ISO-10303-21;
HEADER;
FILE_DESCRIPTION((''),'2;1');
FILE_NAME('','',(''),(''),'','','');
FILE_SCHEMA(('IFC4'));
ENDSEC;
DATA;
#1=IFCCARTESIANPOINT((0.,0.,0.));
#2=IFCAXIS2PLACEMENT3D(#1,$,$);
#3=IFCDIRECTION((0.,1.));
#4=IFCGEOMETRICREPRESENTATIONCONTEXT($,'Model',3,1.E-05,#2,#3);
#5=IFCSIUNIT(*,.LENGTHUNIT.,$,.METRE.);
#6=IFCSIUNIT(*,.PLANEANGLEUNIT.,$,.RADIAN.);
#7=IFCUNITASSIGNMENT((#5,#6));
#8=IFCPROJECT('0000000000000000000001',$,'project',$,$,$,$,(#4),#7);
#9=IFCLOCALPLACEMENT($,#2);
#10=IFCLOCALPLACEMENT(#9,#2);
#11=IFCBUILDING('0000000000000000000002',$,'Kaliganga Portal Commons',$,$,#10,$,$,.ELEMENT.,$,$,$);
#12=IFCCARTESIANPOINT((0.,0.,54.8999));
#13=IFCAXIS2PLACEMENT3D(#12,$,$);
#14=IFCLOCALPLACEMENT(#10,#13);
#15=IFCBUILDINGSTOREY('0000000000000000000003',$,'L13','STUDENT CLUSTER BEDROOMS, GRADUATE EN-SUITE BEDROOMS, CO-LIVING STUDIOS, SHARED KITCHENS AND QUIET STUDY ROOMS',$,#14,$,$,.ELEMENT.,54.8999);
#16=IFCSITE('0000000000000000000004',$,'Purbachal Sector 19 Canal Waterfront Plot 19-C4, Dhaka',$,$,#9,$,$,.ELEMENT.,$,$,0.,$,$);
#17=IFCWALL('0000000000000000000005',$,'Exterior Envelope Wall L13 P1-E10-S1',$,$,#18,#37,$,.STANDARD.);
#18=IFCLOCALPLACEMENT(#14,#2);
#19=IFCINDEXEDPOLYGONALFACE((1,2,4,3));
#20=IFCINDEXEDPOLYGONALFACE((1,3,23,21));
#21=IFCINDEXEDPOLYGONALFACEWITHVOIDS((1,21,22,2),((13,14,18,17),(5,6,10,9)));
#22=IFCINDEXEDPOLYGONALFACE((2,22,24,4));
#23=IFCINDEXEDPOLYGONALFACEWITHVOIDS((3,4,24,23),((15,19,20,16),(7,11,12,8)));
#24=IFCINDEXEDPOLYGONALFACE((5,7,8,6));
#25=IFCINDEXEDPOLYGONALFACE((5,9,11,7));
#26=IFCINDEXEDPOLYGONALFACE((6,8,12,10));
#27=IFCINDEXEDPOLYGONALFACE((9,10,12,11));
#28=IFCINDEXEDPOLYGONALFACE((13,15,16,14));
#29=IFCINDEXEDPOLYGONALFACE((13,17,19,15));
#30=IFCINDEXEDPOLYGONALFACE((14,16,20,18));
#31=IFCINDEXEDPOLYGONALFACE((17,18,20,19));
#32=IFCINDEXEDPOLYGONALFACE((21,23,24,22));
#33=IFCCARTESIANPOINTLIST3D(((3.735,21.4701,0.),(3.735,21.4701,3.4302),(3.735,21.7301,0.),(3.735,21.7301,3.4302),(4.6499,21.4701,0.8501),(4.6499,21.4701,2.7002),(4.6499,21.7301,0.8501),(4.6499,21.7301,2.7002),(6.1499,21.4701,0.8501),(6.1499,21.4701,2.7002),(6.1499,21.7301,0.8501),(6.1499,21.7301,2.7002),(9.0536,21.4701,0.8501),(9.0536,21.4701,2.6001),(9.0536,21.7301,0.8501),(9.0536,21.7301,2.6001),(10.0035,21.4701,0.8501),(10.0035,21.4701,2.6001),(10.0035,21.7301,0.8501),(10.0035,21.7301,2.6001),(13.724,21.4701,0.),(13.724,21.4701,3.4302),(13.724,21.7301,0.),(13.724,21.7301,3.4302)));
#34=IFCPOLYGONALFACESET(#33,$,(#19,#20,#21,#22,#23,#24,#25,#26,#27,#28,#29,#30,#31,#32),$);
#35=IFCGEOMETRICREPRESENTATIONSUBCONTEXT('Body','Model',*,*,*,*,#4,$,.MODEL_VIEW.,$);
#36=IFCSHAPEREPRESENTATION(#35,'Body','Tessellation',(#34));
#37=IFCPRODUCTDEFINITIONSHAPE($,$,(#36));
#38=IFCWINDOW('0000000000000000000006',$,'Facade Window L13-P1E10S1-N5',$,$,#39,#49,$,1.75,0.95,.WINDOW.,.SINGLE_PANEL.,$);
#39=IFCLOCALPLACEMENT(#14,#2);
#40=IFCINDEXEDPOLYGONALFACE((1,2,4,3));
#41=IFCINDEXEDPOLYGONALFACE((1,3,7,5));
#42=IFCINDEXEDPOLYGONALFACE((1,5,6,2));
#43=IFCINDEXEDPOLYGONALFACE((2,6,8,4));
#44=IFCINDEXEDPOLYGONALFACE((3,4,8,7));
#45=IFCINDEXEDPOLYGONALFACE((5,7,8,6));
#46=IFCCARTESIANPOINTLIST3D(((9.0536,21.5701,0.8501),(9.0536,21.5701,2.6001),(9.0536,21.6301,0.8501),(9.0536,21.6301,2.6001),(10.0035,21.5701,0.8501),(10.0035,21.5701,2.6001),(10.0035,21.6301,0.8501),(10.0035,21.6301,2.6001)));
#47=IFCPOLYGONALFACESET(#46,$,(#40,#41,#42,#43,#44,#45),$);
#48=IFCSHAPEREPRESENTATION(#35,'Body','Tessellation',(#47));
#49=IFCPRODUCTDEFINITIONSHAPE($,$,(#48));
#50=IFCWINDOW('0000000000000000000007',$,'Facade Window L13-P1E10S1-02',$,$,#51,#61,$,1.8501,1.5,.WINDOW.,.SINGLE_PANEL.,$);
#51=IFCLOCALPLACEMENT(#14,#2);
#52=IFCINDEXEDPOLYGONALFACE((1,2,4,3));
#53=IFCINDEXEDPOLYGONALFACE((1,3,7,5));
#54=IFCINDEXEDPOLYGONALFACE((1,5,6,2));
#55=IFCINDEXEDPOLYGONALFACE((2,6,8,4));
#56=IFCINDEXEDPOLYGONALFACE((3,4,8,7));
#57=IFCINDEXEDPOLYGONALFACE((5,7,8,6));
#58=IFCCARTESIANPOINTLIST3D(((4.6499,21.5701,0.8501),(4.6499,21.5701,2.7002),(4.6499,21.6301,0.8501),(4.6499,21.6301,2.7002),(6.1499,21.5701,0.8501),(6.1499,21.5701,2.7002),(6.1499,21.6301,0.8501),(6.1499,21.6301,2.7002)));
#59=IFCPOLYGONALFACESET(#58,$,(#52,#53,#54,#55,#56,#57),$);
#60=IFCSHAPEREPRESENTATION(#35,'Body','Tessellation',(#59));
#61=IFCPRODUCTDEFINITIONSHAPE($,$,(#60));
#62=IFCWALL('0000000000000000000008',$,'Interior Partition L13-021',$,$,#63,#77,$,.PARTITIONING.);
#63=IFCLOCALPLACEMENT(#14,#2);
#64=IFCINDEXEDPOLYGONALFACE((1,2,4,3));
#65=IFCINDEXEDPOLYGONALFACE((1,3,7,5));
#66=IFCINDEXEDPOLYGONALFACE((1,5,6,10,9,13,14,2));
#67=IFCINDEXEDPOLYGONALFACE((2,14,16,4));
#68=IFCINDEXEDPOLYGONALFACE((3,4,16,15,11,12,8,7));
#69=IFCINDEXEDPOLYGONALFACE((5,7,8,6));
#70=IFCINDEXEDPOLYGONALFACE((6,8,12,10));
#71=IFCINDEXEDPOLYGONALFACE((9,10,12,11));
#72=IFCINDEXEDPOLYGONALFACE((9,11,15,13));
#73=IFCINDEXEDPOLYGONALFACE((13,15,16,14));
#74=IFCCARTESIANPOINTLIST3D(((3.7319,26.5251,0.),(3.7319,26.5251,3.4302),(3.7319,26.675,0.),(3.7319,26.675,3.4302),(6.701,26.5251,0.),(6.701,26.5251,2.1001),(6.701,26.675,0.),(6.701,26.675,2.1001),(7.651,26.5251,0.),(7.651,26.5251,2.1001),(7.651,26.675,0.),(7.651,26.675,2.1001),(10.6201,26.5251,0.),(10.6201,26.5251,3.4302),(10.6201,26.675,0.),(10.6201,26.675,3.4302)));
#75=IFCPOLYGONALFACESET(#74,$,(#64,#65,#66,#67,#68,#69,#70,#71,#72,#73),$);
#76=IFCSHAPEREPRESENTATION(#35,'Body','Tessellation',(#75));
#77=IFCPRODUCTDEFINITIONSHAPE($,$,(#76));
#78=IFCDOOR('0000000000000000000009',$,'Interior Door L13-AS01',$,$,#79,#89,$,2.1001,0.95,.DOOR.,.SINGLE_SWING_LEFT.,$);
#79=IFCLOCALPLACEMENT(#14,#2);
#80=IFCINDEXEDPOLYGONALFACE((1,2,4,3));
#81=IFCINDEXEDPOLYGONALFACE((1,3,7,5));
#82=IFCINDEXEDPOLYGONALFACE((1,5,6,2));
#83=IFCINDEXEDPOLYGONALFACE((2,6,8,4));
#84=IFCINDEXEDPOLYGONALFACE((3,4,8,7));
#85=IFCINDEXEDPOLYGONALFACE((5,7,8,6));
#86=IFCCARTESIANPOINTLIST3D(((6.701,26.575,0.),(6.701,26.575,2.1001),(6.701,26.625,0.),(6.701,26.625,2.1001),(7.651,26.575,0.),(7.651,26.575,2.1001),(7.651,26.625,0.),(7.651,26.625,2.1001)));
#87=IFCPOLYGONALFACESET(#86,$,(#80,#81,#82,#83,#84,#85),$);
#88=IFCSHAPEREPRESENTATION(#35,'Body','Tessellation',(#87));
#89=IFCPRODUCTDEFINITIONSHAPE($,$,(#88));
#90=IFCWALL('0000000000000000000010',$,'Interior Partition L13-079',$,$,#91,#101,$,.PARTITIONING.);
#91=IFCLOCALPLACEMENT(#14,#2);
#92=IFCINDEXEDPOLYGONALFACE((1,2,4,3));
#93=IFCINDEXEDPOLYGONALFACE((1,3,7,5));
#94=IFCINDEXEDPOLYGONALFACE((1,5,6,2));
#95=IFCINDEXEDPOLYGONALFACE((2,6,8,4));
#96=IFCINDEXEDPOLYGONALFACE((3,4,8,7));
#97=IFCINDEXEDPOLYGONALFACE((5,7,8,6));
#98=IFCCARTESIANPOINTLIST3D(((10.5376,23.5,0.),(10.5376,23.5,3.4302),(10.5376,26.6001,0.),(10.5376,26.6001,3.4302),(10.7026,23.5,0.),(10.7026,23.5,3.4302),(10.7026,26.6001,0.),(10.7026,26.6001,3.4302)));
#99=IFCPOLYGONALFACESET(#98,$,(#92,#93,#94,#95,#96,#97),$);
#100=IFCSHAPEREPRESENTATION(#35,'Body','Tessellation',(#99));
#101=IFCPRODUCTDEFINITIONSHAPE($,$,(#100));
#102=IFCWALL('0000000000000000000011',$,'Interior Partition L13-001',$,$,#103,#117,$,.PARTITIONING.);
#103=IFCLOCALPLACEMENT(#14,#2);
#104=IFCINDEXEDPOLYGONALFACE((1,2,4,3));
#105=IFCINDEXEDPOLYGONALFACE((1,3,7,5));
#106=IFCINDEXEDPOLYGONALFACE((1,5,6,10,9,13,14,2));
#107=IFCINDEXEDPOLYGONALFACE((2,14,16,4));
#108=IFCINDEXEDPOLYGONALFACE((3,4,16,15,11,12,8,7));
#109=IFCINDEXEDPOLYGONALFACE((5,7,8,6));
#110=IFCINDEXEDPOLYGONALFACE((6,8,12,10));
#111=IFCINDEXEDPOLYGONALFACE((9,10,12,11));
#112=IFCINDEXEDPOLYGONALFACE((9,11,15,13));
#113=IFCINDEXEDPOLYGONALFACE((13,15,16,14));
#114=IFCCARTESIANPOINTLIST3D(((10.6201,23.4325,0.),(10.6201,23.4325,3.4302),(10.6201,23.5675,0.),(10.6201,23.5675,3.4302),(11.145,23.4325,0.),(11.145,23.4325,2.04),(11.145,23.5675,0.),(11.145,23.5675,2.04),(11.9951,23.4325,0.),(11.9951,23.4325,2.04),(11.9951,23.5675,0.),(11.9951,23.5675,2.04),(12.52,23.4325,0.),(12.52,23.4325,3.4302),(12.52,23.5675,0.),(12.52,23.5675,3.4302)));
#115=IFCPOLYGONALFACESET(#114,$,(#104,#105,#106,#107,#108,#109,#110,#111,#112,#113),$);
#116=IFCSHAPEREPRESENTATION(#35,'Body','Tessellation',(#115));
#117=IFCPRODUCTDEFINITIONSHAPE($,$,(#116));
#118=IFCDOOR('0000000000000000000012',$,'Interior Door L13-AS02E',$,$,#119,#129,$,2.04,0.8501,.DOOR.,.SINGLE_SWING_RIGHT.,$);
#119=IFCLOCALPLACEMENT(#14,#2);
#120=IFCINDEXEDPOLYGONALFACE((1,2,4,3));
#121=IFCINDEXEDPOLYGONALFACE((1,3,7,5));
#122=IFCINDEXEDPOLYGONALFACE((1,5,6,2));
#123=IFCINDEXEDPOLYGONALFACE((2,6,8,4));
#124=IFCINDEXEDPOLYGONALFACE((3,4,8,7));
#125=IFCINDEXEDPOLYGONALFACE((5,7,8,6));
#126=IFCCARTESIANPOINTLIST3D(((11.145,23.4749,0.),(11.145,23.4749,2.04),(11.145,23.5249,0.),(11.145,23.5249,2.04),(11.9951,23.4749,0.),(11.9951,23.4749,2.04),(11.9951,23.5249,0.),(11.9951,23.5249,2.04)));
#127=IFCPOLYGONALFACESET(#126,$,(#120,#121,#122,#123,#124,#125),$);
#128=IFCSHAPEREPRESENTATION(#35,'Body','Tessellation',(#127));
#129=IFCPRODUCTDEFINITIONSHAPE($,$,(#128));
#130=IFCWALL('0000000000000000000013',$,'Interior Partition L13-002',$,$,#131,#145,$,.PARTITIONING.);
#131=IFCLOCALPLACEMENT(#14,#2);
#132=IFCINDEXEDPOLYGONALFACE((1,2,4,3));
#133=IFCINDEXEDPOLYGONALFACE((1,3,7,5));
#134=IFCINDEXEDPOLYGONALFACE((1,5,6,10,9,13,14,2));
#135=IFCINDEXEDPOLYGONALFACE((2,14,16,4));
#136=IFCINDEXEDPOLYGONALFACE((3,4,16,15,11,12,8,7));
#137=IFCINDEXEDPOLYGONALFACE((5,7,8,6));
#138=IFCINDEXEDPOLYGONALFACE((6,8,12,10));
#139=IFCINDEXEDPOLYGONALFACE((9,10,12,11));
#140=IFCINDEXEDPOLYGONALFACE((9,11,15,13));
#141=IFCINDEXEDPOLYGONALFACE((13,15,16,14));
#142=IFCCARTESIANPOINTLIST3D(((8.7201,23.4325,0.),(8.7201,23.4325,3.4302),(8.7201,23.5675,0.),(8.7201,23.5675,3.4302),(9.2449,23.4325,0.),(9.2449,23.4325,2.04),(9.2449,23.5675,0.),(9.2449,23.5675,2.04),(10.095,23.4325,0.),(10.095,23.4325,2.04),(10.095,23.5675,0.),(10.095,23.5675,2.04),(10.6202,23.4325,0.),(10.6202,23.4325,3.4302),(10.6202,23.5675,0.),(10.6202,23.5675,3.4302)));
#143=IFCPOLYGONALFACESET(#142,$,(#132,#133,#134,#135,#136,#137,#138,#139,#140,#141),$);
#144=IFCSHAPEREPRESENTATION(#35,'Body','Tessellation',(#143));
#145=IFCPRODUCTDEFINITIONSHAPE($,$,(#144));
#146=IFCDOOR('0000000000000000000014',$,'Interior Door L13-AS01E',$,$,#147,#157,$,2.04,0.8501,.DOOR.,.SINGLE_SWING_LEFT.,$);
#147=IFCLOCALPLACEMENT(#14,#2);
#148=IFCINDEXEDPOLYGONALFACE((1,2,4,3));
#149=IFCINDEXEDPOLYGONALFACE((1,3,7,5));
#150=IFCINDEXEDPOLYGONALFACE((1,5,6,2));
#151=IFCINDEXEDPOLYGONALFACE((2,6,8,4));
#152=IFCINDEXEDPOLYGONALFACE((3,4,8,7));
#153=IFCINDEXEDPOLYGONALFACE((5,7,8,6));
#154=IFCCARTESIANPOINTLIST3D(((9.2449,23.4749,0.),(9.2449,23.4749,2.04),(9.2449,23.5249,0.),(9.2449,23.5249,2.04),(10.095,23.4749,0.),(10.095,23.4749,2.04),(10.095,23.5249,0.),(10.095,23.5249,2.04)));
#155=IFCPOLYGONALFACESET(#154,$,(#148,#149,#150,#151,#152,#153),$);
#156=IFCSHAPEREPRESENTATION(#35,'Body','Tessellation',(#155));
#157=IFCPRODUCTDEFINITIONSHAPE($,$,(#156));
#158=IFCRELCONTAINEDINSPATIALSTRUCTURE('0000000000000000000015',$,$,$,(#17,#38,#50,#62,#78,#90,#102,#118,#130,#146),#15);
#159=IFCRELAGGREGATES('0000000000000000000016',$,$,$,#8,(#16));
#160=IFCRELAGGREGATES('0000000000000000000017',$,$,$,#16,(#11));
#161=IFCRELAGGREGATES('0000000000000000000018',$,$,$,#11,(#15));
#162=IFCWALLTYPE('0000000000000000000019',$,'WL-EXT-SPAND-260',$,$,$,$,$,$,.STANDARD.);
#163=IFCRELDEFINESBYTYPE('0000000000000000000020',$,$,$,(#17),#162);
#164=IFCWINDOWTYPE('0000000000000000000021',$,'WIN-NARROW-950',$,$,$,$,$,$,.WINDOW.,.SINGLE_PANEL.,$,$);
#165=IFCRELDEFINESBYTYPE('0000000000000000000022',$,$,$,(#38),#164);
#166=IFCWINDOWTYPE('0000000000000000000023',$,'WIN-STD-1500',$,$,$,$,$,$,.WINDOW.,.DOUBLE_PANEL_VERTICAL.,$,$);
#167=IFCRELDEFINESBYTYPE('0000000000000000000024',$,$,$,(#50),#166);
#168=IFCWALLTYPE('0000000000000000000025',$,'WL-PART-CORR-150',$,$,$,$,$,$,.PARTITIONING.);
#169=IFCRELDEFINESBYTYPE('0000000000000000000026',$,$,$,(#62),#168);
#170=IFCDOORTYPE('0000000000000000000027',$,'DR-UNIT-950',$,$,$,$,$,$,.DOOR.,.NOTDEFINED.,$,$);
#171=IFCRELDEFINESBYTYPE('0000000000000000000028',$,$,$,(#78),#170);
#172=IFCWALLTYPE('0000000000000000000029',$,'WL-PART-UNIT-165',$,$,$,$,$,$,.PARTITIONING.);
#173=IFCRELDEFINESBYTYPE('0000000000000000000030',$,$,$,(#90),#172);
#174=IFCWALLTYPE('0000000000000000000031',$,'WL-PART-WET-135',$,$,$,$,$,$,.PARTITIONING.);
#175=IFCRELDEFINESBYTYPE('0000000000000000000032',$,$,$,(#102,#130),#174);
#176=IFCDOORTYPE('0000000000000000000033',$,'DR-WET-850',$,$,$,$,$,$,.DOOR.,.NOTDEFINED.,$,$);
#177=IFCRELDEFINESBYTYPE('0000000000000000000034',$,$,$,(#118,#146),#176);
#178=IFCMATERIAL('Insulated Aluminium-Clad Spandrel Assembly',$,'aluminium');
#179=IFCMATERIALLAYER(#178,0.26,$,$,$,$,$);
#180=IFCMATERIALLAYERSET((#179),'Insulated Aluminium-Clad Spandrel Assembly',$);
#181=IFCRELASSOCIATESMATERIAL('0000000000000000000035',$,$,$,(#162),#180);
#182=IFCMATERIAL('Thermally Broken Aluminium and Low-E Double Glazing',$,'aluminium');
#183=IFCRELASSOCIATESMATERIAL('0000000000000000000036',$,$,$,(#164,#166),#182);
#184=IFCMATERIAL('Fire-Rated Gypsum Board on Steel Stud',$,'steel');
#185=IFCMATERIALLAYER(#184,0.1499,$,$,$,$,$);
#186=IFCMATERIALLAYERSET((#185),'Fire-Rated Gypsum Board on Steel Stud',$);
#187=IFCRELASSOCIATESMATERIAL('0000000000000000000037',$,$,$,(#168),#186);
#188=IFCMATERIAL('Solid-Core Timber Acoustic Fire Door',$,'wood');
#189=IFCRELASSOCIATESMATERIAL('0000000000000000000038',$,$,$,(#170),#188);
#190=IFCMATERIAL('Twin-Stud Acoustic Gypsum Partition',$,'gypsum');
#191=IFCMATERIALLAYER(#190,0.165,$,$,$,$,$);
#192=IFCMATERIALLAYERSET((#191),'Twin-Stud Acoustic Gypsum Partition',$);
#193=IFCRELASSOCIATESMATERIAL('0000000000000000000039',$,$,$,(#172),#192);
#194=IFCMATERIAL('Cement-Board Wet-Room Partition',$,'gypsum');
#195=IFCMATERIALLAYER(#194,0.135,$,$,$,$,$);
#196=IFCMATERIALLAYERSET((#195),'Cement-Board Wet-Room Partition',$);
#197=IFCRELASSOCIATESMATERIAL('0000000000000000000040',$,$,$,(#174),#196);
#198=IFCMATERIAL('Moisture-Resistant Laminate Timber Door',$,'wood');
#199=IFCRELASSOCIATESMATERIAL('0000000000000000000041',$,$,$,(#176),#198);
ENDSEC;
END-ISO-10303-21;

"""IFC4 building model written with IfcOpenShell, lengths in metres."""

from ifc_helpers import new_model, si_unit, direction, frame, frame_2d, origin, place, context, subcontext, project, spatial, rectangle, extrude, material, layer, layer_set, type_object, element, fill, save


model = new_model("IFC4")

# Units and contexts
model_context = context("Model", 3, precision=1e-05, world=origin(), true_north=direction((0.0, 1.0)))
body_context = subcontext(model_context, "Body", "Model", "MODEL_VIEW")
ifc_project = project(units=[si_unit("LENGTHUNIT", "METRE"), si_unit("PLANEANGLEUNIT", "RADIAN")], contexts=[model_context])

# Site, building, storey
site_placement = place(None, origin())
site = spatial("IfcSite", under=ifc_project, at=site_placement, Name="Purbachal Sector 19 Canal Waterfront Plot 19-C4, Dhaka", CompositionType="ELEMENT", RefElevation=0.0)
building_placement = place(site_placement, origin())
building = spatial("IfcBuilding", under=site, at=building_placement, Name="Kaliganga Portal Commons", CompositionType="ELEMENT")
storey_placement = place(building_placement, frame((0.0, 0.0, 54.8999)))
storey = spatial("IfcBuildingStorey", under=building, at=storey_placement, Name="L13", Description="STUDENT CLUSTER BEDROOMS, GRADUATE EN-SUITE BEDROOMS, CO-LIVING STUDIOS, SHARED KITCHENS AND QUIET STUDY ROOMS", CompositionType="ELEMENT", Elevation=54.8999)

# Wall, openings, windows
ifc_material_1 = material(Name="Insulated Aluminium-Clad Spandrel Assembly", Category="aluminium")
ifc_layer_1 = layer(ifc_material_1, 0.26)
ifc_layer_set_1 = layer_set([ifc_layer_1], Name="Insulated Aluminium-Clad Spandrel Assembly")
wall_type_1 = type_object("IfcWallType", Name="WL-EXT-SPAND-260", PredefinedType="STANDARD", material=ifc_layer_set_1)
ifc_material_2 = material(Name="Thermally Broken Aluminium and Low-E Double Glazing", Category="aluminium")
window_type_1 = type_object("IfcWindowType", Name="WIN-NARROW-950", PartitioningType="SINGLE_PANEL", PredefinedType="WINDOW", material=ifc_material_2)
window_type_2 = type_object("IfcWindowType", Name="WIN-STD-1500", PartitioningType="DOUBLE_PANEL_VERTICAL", PredefinedType="WINDOW", material=ifc_material_2)
wall_1_placement = place(storey_placement, frame((13.7241, 21.6001, 0.0), z_axis=(0.0, 0.0, 1.0), x_axis=(-1.0, 0.0, 0.0)))
wall_1 = element("IfcWall", 1, at=wall_1_placement, inside=storey, type_object=wall_type_1, Name="Exterior Envelope Wall L13 P1-E10-S1", PredefinedType="STANDARD", context=body_context, shape_type="SweptSolid", body=[
    extrude(rectangle(XDim=9.989, YDim=0.26, at=frame_2d((4.9946, 0.0))), origin(), (0.0, 0.0, 1.0), 3.4302),
])
opening_1_placement = place(wall_1_placement, frame((7.5742, 0.0, 0.8501)))
opening_1 = element("IfcOpeningElement", 2, at=opening_1_placement, cuts=wall_1, PredefinedType="OPENING", context=body_context, shape_type="SweptSolid", body=[
    extrude(rectangle(XDim=1.5, YDim=1.8501, at=frame_2d((0.75, 0.925))), frame((0.0, 0.1401, 0.0), z_axis=(0.0, -1.0, 0.0), x_axis=(1.0, 0.0, 0.0)), (0.0, 0.0, 1.0), 0.28),
])
opening_2_placement = place(wall_1_placement, frame((3.7205, 0.0, 0.8501)))
opening_2 = element("IfcOpeningElement", 3, at=opening_2_placement, cuts=wall_1, PredefinedType="OPENING", context=body_context, shape_type="SweptSolid", body=[
    extrude(rectangle(XDim=0.95, YDim=1.75, at=frame_2d((0.4751, 0.875))), frame((0.0, 0.1401, 0.0), z_axis=(0.0, -1.0, 0.0), x_axis=(1.0, 0.0, 0.0)), (0.0, 0.0, 1.0), 0.28),
])
window_1_placement = place(opening_2_placement, origin())
window_1 = element("IfcWindow", 4, at=window_1_placement, inside=storey, type_object=window_type_1, Name="Facade Window L13-P1E10S1-N5", OverallHeight=1.75, OverallWidth=0.95, PartitioningType="SINGLE_PANEL", PredefinedType="WINDOW", context=body_context, shape_type="SweptSolid", body=[
    extrude(rectangle(XDim=0.95, YDim=1.75, at=frame_2d((0.4751, 0.875))), frame((0.0, 0.03, 0.0), z_axis=(0.0, -1.0, 0.0), x_axis=(1.0, 0.0, 0.0)), (0.0, 0.0, 1.0), 0.0601),
])
fill(opening_2, window_1)
window_2_placement = place(opening_1_placement, origin())
window_2 = element("IfcWindow", 5, at=window_2_placement, inside=storey, type_object=window_type_2, Name="Facade Window L13-P1E10S1-02", OverallHeight=1.8501, OverallWidth=1.5, PartitioningType="SINGLE_PANEL", PredefinedType="WINDOW", context=body_context, shape_type="SweptSolid", body=[
    extrude(rectangle(XDim=1.5, YDim=1.8501, at=frame_2d((0.75, 0.925))), frame((0.0, 0.03, 0.0), z_axis=(0.0, -1.0, 0.0), x_axis=(1.0, 0.0, 0.0)), (0.0, 0.0, 1.0), 0.0601),
])
fill(opening_1, window_2)

# Wall, opening, door
ifc_material_3 = material(Name="Fire-Rated Gypsum Board on Steel Stud", Category="steel")
ifc_layer_2 = layer(ifc_material_3, 0.1499)
ifc_layer_set_2 = layer_set([ifc_layer_2], Name="Fire-Rated Gypsum Board on Steel Stud")
wall_type_2 = type_object("IfcWallType", Name="WL-PART-CORR-150", PredefinedType="PARTITIONING", material=ifc_layer_set_2)
wall_2_placement = place(storey_placement, frame((3.7319, 26.6001, 0.0), z_axis=(0.0, 0.0, 1.0), x_axis=(1.0, 0.0, 0.0)))
wall_2 = element("IfcWall", 6, at=wall_2_placement, inside=storey, type_object=wall_type_2, Name="Interior Partition L13-021", PredefinedType="PARTITIONING", context=body_context, shape_type="SweptSolid", body=[
    extrude(rectangle(XDim=6.8882, YDim=0.1499, at=frame_2d((3.4441, 0.0))), origin(), (0.0, 0.0, 1.0), 3.4302),
])
opening_3_placement = place(wall_2_placement, frame((2.969, 0.0, 0.0)))
opening_3 = element("IfcOpeningElement", 7, at=opening_3_placement, cuts=wall_2, PredefinedType="OPENING", context=body_context, shape_type="SweptSolid", body=[
    extrude(rectangle(XDim=0.95, YDim=2.1001, at=frame_2d((0.4751, 1.05))), frame((0.0, 0.085, 0.0), z_axis=(0.0, -1.0, 0.0), x_axis=(1.0, 0.0, 0.0)), (0.0, 0.0, 1.0), 0.1699),
])
ifc_material_4 = material(Name="Solid-Core Timber Acoustic Fire Door", Category="wood")
door_type_1 = type_object("IfcDoorType", Name="DR-UNIT-950", OperationType="NOTDEFINED", PredefinedType="DOOR", material=ifc_material_4)
door_1_placement = place(opening_3_placement, origin())
door_1 = element("IfcDoor", 8, at=door_1_placement, inside=storey, type_object=door_type_1, Name="Interior Door L13-AS01", OperationType="SINGLE_SWING_LEFT", OverallHeight=2.1001, OverallWidth=0.95, PredefinedType="DOOR", context=body_context, shape_type="SweptSolid", body=[
    extrude(rectangle(XDim=0.95, YDim=2.1001, at=frame_2d((0.4751, 1.05))), frame((0.0, 0.0249, 0.0), z_axis=(0.0, -1.0, 0.0), x_axis=(1.0, 0.0, 0.0)), (0.0, 0.0, 1.0), 0.05),
])
fill(opening_3, door_1)

# Wall
ifc_material_5 = material(Name="Twin-Stud Acoustic Gypsum Partition", Category="gypsum")
ifc_layer_3 = layer(ifc_material_5, 0.165)
ifc_layer_set_3 = layer_set([ifc_layer_3], Name="Twin-Stud Acoustic Gypsum Partition")
wall_type_3 = type_object("IfcWallType", Name="WL-PART-UNIT-165", PredefinedType="PARTITIONING", material=ifc_layer_set_3)
wall_3_placement = place(storey_placement, frame((10.6201, 23.5, 0.0), z_axis=(0.0, 0.0, 1.0), x_axis=(0.0, 1.0, 0.0)))
element("IfcWall", 9, at=wall_3_placement, inside=storey, type_object=wall_type_3, Name="Interior Partition L13-079", PredefinedType="PARTITIONING", context=body_context, shape_type="SweptSolid", body=[
    extrude(rectangle(XDim=3.1001, YDim=0.165, at=frame_2d((1.55, 0.0))), origin(), (0.0, 0.0, 1.0), 3.4302),
])

# Walls, openings, doors
ifc_material_6 = material(Name="Cement-Board Wet-Room Partition", Category="gypsum")
ifc_layer_4 = layer(ifc_material_6, 0.135)
ifc_layer_set_4 = layer_set([ifc_layer_4], Name="Cement-Board Wet-Room Partition")
wall_type_4 = type_object("IfcWallType", Name="WL-PART-WET-135", PredefinedType="PARTITIONING", material=ifc_layer_set_4)
wall_4_placement = place(storey_placement, frame((10.6201, 23.5, 0.0), z_axis=(0.0, 0.0, 1.0), x_axis=(1.0, 0.0, 0.0)))
wall_4 = element("IfcWall", 10, at=wall_4_placement, inside=storey, type_object=wall_type_4, Name="Interior Partition L13-001", PredefinedType="PARTITIONING", context=body_context, shape_type="SweptSolid", body=[
    extrude(rectangle(XDim=1.8999, YDim=0.135, at=frame_2d((0.95, 0.0))), origin(), (0.0, 0.0, 1.0), 3.4302),
])
opening_4_placement = place(wall_4_placement, frame((0.5249, 0.0, 0.0)))
opening_4 = element("IfcOpeningElement", 11, at=opening_4_placement, cuts=wall_4, PredefinedType="OPENING", context=body_context, shape_type="SweptSolid", body=[
    extrude(rectangle(XDim=0.8501, YDim=2.04, at=frame_2d((0.425, 1.02))), frame((0.0, 0.0776, 0.0), z_axis=(0.0, -1.0, 0.0), x_axis=(1.0, 0.0, 0.0)), (0.0, 0.0, 1.0), 0.155),
])
ifc_material_7 = material(Name="Moisture-Resistant Laminate Timber Door", Category="wood")
door_type_2 = type_object("IfcDoorType", Name="DR-WET-850", OperationType="NOTDEFINED", PredefinedType="DOOR", material=ifc_material_7)
door_2_placement = place(opening_4_placement, origin())
door_2 = element("IfcDoor", 12, at=door_2_placement, inside=storey, type_object=door_type_2, Name="Interior Door L13-AS02E", OperationType="SINGLE_SWING_RIGHT", OverallHeight=2.04, OverallWidth=0.8501, PredefinedType="DOOR", context=body_context, shape_type="SweptSolid", body=[
    extrude(rectangle(XDim=0.8501, YDim=2.04, at=frame_2d((0.425, 1.02))), frame((0.0, 0.0249, 0.0), z_axis=(0.0, -1.0, 0.0), x_axis=(1.0, 0.0, 0.0)), (0.0, 0.0, 1.0), 0.05),
])
fill(opening_4, door_2)
wall_5_placement = place(storey_placement, frame((8.72, 23.5, 0.0), z_axis=(0.0, 0.0, 1.0), x_axis=(1.0, 0.0, 0.0)))
wall_5 = element("IfcWall", 13, at=wall_5_placement, inside=storey, type_object=wall_type_4, Name="Interior Partition L13-002", PredefinedType="PARTITIONING", context=body_context, shape_type="SweptSolid", body=[
    extrude(rectangle(XDim=1.9001, YDim=0.135, at=frame_2d((0.9502, 0.0))), origin(), (0.0, 0.0, 1.0), 3.4302),
])
opening_5_placement = place(wall_5_placement, frame((0.5249, 0.0, 0.0)))
opening_5 = element("IfcOpeningElement", 14, at=opening_5_placement, cuts=wall_5, PredefinedType="OPENING", context=body_context, shape_type="SweptSolid", body=[
    extrude(rectangle(XDim=0.8501, YDim=2.04, at=frame_2d((0.425, 1.02))), frame((0.0, 0.0776, 0.0), z_axis=(0.0, -1.0, 0.0), x_axis=(1.0, 0.0, 0.0)), (0.0, 0.0, 1.0), 0.155),
])
door_3_placement = place(opening_5_placement, origin())
door_3 = element("IfcDoor", 15, at=door_3_placement, inside=storey, type_object=door_type_2, Name="Interior Door L13-AS01E", OperationType="SINGLE_SWING_LEFT", OverallHeight=2.04, OverallWidth=0.8501, PredefinedType="DOOR", context=body_context, shape_type="SweptSolid", body=[
    extrude(rectangle(XDim=0.8501, YDim=2.04, at=frame_2d((0.425, 1.02))), frame((0.0, 0.0249, 0.0), z_axis=(0.0, -1.0, 0.0), x_axis=(1.0, 0.0, 0.0)), (0.0, 0.0, 1.0), 0.05),
])
fill(opening_5, door_3)

save(model, "model.ifc")
